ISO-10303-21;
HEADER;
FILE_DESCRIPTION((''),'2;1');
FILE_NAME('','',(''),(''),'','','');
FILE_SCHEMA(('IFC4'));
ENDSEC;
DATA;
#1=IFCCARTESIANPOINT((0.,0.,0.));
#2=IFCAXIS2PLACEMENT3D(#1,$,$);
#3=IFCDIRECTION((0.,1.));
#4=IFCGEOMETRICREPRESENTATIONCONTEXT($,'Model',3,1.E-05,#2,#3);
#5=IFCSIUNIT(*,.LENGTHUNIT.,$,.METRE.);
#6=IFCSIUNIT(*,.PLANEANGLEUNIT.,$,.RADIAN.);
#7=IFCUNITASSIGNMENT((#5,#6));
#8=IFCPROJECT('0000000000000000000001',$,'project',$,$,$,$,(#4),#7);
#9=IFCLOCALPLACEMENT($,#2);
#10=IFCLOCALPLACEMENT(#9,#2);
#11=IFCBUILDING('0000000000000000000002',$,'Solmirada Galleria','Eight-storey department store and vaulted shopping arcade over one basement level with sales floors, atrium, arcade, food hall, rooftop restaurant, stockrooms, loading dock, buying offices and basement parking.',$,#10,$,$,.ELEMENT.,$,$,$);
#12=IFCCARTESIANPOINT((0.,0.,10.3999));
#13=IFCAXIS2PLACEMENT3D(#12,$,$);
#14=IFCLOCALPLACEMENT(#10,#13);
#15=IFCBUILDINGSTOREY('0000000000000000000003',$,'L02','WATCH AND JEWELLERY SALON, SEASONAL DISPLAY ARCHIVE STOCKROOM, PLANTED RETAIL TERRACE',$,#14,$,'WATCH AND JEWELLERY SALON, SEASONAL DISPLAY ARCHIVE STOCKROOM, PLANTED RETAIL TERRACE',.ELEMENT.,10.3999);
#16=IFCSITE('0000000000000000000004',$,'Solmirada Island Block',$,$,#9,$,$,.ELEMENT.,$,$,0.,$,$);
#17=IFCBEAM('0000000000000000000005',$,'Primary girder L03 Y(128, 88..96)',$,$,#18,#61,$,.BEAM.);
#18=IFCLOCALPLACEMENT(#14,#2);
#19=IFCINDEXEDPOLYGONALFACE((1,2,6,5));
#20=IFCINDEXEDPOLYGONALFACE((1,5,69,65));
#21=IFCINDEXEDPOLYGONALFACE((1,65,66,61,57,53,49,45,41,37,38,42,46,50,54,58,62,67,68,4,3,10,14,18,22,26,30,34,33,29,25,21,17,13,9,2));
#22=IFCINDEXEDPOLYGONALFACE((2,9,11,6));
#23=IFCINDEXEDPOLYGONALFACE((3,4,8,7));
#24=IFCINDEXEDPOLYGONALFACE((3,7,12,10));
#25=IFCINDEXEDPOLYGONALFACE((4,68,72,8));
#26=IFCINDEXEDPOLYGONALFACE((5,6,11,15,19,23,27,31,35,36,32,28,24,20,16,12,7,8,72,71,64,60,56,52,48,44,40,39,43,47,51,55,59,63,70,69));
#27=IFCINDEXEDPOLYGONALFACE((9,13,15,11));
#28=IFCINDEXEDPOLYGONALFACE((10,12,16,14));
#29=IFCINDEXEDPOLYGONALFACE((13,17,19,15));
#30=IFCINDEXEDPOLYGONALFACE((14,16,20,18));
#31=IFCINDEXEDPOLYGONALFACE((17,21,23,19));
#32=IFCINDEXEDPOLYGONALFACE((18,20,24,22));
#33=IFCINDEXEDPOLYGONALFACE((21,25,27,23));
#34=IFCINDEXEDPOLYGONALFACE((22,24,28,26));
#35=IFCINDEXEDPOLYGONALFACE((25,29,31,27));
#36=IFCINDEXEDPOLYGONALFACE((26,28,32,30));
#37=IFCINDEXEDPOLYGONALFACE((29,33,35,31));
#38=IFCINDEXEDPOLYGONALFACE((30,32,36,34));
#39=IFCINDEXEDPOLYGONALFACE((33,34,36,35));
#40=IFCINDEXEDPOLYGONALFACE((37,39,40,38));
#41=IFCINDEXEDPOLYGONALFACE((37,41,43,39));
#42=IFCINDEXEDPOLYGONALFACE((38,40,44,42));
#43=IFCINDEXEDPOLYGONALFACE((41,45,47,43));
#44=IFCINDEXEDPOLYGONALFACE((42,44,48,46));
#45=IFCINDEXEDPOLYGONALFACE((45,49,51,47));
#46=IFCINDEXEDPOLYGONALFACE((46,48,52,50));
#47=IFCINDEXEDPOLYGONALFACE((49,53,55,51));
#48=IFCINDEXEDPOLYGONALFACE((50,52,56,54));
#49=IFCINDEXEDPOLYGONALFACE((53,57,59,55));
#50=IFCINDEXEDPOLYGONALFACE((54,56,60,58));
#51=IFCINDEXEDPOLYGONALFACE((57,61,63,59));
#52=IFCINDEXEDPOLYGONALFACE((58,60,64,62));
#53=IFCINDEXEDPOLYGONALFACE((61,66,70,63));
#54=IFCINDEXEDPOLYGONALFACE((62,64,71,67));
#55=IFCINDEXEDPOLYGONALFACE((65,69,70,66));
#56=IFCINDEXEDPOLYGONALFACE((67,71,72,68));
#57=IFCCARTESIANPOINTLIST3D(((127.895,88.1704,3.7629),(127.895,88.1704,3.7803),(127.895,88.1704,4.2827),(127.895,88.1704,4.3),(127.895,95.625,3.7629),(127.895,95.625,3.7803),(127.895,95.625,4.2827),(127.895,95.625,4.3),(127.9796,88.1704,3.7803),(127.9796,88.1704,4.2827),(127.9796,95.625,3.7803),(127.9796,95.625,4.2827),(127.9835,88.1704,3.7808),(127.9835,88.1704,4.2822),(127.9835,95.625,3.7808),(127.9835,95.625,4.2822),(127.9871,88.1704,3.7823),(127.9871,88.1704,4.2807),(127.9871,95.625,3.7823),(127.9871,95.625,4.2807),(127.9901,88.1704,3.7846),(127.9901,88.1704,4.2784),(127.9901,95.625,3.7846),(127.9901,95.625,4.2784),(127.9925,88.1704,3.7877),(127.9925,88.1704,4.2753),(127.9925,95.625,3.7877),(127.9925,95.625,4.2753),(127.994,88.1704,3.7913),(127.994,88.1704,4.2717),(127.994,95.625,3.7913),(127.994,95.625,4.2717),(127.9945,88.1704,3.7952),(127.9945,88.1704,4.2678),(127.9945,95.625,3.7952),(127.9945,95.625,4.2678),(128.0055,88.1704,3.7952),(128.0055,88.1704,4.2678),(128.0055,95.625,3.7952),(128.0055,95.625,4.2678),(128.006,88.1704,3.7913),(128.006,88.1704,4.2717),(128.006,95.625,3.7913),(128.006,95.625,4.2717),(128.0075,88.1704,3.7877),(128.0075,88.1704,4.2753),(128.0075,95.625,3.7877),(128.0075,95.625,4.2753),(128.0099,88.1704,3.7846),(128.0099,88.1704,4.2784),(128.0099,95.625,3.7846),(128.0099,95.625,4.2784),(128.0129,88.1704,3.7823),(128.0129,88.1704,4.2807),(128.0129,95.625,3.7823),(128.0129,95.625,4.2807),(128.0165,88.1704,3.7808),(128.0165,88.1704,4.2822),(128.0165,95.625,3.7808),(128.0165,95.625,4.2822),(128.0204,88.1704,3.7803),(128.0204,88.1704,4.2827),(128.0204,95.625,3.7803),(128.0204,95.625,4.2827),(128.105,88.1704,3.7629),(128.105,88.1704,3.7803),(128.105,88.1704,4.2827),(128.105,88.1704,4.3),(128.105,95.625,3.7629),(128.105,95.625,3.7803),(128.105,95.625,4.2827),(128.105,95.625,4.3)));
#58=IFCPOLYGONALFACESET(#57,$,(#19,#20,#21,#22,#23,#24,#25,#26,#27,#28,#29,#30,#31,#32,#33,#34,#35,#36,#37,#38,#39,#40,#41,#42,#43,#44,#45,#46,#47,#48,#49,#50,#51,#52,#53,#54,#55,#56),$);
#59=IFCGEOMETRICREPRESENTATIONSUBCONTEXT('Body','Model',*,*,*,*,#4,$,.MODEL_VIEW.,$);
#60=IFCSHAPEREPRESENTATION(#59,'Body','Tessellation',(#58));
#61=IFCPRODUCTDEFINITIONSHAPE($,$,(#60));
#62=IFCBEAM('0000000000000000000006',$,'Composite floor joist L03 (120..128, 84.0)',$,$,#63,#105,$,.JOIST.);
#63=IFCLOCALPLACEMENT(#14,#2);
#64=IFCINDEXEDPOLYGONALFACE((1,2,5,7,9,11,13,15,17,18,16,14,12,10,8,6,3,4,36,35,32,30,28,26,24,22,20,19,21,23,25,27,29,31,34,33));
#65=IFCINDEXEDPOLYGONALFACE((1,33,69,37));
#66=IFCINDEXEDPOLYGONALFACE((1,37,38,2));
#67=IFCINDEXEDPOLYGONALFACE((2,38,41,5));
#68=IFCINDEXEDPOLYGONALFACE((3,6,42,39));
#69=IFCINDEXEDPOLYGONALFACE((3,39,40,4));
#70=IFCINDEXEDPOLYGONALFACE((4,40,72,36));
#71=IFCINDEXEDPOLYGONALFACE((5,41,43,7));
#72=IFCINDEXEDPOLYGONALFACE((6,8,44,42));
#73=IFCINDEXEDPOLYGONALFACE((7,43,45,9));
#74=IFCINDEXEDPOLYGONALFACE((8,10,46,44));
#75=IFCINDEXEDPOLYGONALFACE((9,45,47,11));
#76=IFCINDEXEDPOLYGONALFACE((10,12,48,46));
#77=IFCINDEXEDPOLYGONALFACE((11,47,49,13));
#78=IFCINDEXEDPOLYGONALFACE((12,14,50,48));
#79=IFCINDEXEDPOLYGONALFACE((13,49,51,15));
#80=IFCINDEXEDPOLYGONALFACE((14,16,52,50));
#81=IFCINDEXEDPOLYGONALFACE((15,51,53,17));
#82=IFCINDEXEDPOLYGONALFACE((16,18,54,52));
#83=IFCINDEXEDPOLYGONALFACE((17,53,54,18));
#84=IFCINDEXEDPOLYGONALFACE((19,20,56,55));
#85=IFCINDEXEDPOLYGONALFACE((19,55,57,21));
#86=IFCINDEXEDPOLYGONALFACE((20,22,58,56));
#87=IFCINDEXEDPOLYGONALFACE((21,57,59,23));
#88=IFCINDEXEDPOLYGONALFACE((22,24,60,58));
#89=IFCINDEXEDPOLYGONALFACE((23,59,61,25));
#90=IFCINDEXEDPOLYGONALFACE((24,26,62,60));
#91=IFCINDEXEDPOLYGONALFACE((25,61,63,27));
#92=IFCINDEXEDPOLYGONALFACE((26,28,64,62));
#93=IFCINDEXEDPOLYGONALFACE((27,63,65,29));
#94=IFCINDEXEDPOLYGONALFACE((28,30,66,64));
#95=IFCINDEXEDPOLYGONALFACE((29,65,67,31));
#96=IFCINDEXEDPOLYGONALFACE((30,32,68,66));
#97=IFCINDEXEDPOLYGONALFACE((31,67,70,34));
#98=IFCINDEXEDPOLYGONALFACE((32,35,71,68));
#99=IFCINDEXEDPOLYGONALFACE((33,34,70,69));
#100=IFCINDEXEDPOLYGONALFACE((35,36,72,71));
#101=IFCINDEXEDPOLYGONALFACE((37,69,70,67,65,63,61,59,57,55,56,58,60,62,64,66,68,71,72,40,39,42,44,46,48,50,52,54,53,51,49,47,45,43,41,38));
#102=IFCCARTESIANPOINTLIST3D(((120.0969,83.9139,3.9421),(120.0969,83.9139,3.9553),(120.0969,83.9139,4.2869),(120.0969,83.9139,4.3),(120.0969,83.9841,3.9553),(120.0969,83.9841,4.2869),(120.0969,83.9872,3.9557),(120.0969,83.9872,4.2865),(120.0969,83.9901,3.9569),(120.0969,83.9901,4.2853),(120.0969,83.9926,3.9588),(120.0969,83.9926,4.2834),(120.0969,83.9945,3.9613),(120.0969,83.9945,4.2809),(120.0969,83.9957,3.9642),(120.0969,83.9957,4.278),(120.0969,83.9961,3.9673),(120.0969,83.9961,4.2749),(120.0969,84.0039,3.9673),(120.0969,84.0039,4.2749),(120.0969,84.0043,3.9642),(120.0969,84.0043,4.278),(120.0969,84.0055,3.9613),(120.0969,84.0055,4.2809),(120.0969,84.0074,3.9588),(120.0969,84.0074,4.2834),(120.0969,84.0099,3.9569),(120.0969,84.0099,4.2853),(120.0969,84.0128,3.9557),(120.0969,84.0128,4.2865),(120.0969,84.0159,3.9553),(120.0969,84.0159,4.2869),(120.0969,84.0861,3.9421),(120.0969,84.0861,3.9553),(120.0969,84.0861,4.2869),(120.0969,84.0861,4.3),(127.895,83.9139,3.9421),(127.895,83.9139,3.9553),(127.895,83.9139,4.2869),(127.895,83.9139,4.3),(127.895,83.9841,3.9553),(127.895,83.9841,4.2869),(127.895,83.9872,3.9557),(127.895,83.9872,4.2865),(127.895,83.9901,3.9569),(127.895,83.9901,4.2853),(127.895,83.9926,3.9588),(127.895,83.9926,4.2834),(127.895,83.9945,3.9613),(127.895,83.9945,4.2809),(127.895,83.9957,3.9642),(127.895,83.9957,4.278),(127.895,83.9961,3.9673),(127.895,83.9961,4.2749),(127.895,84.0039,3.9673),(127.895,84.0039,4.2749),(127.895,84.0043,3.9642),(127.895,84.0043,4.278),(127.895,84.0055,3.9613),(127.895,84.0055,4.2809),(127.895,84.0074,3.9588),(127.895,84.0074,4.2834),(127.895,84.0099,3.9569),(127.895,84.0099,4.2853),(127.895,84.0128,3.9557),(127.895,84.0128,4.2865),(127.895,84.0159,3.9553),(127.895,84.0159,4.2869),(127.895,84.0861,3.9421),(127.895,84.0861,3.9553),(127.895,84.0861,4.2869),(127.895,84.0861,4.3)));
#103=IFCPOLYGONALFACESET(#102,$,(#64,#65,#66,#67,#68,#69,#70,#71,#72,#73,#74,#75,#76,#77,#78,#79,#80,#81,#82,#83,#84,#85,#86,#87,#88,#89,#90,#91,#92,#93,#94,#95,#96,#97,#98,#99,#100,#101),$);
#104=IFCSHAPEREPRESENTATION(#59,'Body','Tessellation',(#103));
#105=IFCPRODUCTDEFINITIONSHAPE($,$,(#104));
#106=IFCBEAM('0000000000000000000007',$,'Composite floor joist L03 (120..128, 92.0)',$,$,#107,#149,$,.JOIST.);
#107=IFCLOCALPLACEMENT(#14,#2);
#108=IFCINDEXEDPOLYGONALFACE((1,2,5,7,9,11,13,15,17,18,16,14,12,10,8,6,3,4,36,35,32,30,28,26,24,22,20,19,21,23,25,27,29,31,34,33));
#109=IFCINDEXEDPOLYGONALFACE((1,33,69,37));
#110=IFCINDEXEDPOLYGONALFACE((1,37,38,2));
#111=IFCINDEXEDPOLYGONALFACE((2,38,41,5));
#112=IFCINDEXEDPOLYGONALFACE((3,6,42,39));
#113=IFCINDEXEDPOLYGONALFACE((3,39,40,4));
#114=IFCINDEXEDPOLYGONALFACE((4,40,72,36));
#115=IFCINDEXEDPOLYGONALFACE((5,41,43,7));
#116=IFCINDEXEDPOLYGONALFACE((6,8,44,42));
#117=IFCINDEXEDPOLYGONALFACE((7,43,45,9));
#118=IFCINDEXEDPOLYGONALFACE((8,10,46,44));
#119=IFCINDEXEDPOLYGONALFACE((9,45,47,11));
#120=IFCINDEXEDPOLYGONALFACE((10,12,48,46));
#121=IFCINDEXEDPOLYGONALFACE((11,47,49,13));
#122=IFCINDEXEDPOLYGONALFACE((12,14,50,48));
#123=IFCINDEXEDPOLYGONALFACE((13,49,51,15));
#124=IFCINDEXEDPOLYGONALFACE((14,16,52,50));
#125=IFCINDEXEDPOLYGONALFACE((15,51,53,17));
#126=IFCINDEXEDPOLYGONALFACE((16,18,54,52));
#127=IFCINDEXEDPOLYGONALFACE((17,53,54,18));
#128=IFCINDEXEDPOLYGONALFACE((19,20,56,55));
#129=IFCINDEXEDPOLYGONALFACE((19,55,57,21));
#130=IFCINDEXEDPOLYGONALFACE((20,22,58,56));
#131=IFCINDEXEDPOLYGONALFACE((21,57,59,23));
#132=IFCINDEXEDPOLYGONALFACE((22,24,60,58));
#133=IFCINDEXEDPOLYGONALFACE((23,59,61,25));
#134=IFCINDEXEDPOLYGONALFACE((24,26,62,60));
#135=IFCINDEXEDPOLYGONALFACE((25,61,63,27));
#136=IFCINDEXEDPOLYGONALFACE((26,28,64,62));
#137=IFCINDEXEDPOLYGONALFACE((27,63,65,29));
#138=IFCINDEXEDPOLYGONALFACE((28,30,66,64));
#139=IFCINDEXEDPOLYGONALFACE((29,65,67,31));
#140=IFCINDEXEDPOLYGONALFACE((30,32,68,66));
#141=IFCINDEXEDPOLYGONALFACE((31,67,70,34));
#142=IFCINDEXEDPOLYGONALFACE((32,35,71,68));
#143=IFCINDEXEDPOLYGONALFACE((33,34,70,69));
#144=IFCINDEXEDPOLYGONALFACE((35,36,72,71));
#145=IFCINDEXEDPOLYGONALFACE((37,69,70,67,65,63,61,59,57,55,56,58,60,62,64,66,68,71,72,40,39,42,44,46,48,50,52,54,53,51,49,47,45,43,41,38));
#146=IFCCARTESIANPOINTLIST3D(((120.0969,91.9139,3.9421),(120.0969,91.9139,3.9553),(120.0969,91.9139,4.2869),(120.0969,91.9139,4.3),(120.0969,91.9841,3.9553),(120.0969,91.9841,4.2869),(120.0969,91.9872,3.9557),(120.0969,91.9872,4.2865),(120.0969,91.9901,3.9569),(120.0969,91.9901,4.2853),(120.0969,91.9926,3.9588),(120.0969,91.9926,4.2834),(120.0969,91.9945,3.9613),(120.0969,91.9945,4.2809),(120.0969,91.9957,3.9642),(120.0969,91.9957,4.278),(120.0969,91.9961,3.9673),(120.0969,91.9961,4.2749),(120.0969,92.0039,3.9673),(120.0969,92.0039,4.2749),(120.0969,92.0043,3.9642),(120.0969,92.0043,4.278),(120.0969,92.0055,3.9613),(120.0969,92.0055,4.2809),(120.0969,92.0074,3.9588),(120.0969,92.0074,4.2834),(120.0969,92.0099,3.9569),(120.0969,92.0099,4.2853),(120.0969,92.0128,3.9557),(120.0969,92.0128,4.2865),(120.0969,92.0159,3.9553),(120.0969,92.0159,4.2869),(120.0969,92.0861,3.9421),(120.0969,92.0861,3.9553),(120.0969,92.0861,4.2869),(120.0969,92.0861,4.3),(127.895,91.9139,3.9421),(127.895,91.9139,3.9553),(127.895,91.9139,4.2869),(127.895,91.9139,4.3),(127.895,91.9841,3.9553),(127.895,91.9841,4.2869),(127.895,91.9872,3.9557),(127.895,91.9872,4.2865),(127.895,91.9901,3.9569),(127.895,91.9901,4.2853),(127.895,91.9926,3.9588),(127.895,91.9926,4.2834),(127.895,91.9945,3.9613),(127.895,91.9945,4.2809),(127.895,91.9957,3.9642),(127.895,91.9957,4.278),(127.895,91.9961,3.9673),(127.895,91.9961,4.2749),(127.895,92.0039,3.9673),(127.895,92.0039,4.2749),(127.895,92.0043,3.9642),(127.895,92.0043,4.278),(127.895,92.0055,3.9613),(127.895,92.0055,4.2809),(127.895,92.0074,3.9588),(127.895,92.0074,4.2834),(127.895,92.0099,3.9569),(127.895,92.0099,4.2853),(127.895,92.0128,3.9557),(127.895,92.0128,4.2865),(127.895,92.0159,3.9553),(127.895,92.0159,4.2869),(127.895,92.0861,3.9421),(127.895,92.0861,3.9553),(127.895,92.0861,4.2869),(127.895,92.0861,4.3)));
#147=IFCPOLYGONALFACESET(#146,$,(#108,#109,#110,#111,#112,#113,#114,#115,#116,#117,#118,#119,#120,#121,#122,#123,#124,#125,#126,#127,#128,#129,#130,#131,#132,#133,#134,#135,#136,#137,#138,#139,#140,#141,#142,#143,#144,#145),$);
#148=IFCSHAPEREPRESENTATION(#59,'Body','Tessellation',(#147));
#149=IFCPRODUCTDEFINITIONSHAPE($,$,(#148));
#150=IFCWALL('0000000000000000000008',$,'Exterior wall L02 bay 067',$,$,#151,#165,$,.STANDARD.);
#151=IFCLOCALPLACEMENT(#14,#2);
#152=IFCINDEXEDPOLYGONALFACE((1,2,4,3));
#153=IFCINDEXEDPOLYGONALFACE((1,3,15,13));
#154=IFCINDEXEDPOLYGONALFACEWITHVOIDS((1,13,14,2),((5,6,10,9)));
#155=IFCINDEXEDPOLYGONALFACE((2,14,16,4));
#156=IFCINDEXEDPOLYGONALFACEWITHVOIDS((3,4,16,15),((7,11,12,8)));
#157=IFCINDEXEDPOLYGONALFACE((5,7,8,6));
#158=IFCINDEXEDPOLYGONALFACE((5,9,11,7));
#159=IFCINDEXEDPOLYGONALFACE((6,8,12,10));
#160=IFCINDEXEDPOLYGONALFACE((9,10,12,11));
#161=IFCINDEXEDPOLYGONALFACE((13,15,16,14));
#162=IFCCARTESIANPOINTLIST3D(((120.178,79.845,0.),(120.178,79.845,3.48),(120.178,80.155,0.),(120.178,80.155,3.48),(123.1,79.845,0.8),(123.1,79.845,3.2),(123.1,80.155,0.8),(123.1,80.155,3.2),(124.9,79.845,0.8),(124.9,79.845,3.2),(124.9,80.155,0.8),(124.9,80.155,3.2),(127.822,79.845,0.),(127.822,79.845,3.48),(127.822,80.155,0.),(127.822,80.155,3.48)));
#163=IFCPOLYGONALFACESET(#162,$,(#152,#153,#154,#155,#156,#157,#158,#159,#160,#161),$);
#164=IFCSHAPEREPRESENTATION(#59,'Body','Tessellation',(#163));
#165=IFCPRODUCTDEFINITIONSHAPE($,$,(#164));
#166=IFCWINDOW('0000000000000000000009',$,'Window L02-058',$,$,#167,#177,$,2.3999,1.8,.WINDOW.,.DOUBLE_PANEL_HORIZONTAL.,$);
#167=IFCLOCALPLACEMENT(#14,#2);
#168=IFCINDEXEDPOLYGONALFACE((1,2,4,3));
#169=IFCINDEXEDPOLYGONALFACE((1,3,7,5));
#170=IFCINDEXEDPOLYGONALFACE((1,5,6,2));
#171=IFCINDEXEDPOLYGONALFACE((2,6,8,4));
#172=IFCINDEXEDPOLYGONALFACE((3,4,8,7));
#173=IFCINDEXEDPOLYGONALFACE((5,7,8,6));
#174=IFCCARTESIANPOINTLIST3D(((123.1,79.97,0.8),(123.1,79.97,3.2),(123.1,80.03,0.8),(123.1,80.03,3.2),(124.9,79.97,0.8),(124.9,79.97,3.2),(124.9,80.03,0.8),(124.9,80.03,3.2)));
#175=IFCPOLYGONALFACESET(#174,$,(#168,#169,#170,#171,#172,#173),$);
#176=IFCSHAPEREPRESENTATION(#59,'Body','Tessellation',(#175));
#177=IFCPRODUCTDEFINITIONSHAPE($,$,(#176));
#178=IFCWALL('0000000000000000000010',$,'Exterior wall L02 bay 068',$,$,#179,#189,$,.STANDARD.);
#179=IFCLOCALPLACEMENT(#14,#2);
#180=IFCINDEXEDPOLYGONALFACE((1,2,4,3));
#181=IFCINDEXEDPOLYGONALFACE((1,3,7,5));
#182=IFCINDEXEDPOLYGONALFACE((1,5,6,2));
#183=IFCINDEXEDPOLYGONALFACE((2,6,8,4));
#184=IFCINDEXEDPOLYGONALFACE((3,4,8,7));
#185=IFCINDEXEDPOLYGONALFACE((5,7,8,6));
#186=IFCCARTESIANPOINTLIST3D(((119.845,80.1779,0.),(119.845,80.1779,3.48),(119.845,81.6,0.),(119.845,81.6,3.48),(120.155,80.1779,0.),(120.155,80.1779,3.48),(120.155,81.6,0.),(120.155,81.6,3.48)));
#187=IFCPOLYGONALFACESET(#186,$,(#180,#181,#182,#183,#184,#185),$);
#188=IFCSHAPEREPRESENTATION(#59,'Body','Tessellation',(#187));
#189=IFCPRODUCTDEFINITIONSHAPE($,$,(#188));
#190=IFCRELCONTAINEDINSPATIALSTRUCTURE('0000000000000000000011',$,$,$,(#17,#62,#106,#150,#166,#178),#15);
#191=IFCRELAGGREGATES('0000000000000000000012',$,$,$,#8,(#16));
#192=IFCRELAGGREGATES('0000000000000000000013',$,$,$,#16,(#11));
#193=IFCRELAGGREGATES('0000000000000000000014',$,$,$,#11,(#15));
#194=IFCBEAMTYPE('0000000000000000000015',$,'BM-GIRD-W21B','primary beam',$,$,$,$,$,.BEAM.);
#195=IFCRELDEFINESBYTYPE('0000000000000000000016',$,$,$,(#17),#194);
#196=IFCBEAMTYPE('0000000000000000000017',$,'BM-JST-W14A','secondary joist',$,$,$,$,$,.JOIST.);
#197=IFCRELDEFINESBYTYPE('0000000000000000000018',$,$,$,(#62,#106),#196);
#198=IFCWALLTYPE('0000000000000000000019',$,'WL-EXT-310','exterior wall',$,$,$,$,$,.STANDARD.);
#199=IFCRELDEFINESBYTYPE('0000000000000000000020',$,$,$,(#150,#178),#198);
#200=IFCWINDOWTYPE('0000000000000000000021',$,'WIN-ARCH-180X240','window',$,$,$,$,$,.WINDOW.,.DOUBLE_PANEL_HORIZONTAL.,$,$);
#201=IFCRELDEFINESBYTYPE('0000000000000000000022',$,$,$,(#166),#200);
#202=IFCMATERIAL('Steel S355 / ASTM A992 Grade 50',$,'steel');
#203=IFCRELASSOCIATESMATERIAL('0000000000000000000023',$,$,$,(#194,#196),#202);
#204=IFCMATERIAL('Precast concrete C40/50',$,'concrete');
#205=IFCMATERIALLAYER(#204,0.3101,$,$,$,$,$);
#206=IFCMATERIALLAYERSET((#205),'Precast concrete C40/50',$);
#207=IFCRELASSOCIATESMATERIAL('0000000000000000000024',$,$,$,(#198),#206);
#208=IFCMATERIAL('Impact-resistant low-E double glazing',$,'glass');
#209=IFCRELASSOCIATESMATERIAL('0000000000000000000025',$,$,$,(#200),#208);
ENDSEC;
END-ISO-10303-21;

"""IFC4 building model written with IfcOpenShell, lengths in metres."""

from ifc_helpers import new_model, si_unit, direction, frame, frame_2d, origin, origin_2d, place, context, subcontext, project, spatial, rectangle, i_section, extrude, material, layer, layer_set, material_profile, profile_set, type_object, element, fill, save


model = new_model("IFC4")

# Units and contexts
model_context = context("Model", 3, precision=1e-05, world=origin(), true_north=direction((0.0, 1.0)))
body_context = subcontext(model_context, "Body", "Model", "MODEL_VIEW")
ifc_project = project(units=[si_unit("LENGTHUNIT", "METRE"), si_unit("PLANEANGLEUNIT", "RADIAN")], contexts=[model_context])

# Site, building, storey
site_placement = place(None, origin())
site = spatial("IfcSite", under=ifc_project, at=site_placement, Name="Solmirada Island Block", CompositionType="ELEMENT", RefElevation=0.0)
building_placement = place(site_placement, origin())
building = spatial("IfcBuilding", under=site, at=building_placement, Name="Solmirada Galleria", Description="Eight-storey department store and vaulted shopping arcade over one basement level with sales floors, atrium, arcade, food hall, rooftop restaurant, stockrooms, loading dock, buying offices and basement parking.", CompositionType="ELEMENT")
storey_placement = place(building_placement, frame((0.0, 0.0, 10.3999)))
storey = spatial("IfcBuildingStorey", under=building, at=storey_placement, Name="L02", Description="WATCH AND JEWELLERY SALON, SEASONAL DISPLAY ARCHIVE STOCKROOM, PLANTED RETAIL TERRACE", LongName="WATCH AND JEWELLERY SALON, SEASONAL DISPLAY ARCHIVE STOCKROOM, PLANTED RETAIL TERRACE", CompositionType="ELEMENT", Elevation=10.3999)

# Beams
ifc_material_1 = material(Name="Steel S355 / ASTM A992 Grade 50", Category="steel")
ifc_material_profile_1 = material_profile(ifc_material_1, i_section(OverallWidth=0.21, OverallDepth=0.5371, WebThickness=0.011, FlangeThickness=0.0173, FilletRadius=0.0149, at=origin_2d()), Name="W21X68")
ifc_profile_set_1 = profile_set([ifc_material_profile_1], Name="Steel S355 / ASTM A992 Grade 50")
beam_type_1 = type_object("IfcBeamType", Name="BM-GIRD-W21B", Description="primary beam", PredefinedType="BEAM", material=ifc_profile_set_1)
beam_1_placement = place(storey_placement, frame((128.0, 88.1704, 4.0315), z_axis=(0.0, 1.0, 0.0), x_axis=(-1.0, 0.0, 0.0)))
element("IfcBeam", 1, at=beam_1_placement, inside=storey, type_object=beam_type_1, Name="Primary girder L03 Y(128, 88..96)", PredefinedType="BEAM", context=body_context, shape_type="SweptSolid", body=[
    extrude(i_section(OverallWidth=0.21, OverallDepth=0.5371, WebThickness=0.011, FlangeThickness=0.0173, FilletRadius=0.0149, at=origin_2d()), origin(), (0.0, 0.0, 1.0), 7.4546),
])
ifc_material_profile_2 = material_profile(ifc_material_1, i_section(OverallWidth=0.1721, OverallDepth=0.3579, WebThickness=0.0078, FlangeThickness=0.0132, FilletRadius=0.012, at=origin_2d()), Name="W14X38")
ifc_profile_set_2 = profile_set([ifc_material_profile_2], Name="Steel S355 / ASTM A992 Grade 50")
beam_type_2 = type_object("IfcBeamType", Name="BM-JST-W14A", Description="secondary joist", PredefinedType="JOIST", material=ifc_profile_set_2)
for number, where, z_axis, x_axis, name in (
    (2, (120.0969, 84.0, 4.1211), (1.0, 0.0, 0.0), (0.0, 1.0, 0.0), "Composite floor joist L03 (120..128, 84.0)"),
    (3, (120.0969, 92.0, 4.1211), (1.0, 0.0, 0.0), (0.0, 1.0, 0.0), "Composite floor joist L03 (120..128, 92.0)"),
):
    element("IfcBeam", number, at=place(storey_placement, frame(where, z_axis=z_axis, x_axis=x_axis)), inside=storey, type_object=beam_type_2, Name=name, PredefinedType="JOIST", context=body_context, shape_type="SweptSolid", body=[
        extrude(i_section(OverallWidth=0.1721, OverallDepth=0.3579, WebThickness=0.0078, FlangeThickness=0.0132, FilletRadius=0.012, at=origin_2d()), origin(), (0.0, 0.0, 1.0), 7.7981),
    ])

# Wall, opening, window
ifc_material_2 = material(Name="Precast concrete C40/50", Category="concrete")
ifc_layer_1 = layer(ifc_material_2, 0.3101)
ifc_layer_set_1 = layer_set([ifc_layer_1], Name="Precast concrete C40/50")
wall_type = type_object("IfcWallType", Name="WL-EXT-310", Description="exterior wall", PredefinedType="STANDARD", material=ifc_layer_set_1)
wall_1_placement = place(storey_placement, frame((127.822, 80.0, 0.0), z_axis=(0.0, 0.0, 1.0), x_axis=(-1.0, 0.0, 0.0)))
wall_1 = element("IfcWall", 4, at=wall_1_placement, inside=storey, type_object=wall_type, Name="Exterior wall L02 bay 067", PredefinedType="STANDARD", context=body_context, shape_type="SweptSolid", body=[
    extrude(rectangle(XDim=7.644, YDim=0.3101, at=frame_2d((3.822, 0.0))), origin(), (0.0, 0.0, 1.0), 3.48),
])
opening_placement = place(wall_1_placement, frame((2.9221, 0.0, 0.8)))
opening = element("IfcOpeningElement", 5, at=opening_placement, cuts=wall_1, PredefinedType="OPENING", context=body_context, shape_type="SweptSolid", body=[
    extrude(rectangle(XDim=1.8, YDim=2.3999, at=frame_2d((0.8999, 1.2))), frame((0.0, 0.165, 0.0), z_axis=(0.0, -1.0, 0.0), x_axis=(1.0, 0.0, 0.0)), (0.0, 0.0, 1.0), 0.3301),
])
ifc_material_3 = material(Name="Impact-resistant low-E double glazing", Category="glass")
window_type = type_object("IfcWindowType", Name="WIN-ARCH-180X240", Description="window", PartitioningType="DOUBLE_PANEL_HORIZONTAL", PredefinedType="WINDOW", material=ifc_material_3)
window_placement = place(opening_placement, origin())
window = element("IfcWindow", 6, at=window_placement, inside=storey, type_object=window_type, Name="Window L02-058", OverallHeight=2.3999, OverallWidth=1.8, PartitioningType="DOUBLE_PANEL_HORIZONTAL", PredefinedType="WINDOW", context=body_context, shape_type="SweptSolid", body=[
    extrude(rectangle(XDim=1.8, YDim=2.3999, at=frame_2d((0.8999, 1.2))), frame((0.0, 0.03, 0.0), z_axis=(0.0, -1.0, 0.0), x_axis=(1.0, 0.0, 0.0)), (0.0, 0.0, 1.0), 0.0601),
])
fill(opening, window)

# Wall
wall_2_placement = place(storey_placement, frame((120.0, 80.178, 0.0), z_axis=(0.0, 0.0, 1.0), x_axis=(0.0, 1.0, 0.0)))
element("IfcWall", 7, at=wall_2_placement, inside=storey, type_object=wall_type, Name="Exterior wall L02 bay 068", PredefinedType="STANDARD", context=body_context, shape_type="SweptSolid", body=[
    extrude(rectangle(XDim=1.4221, YDim=0.3101, at=frame_2d((0.7109, 0.0))), origin(), (0.0, 0.0, 1.0), 3.48),
])

save(model, "model.ifc")
